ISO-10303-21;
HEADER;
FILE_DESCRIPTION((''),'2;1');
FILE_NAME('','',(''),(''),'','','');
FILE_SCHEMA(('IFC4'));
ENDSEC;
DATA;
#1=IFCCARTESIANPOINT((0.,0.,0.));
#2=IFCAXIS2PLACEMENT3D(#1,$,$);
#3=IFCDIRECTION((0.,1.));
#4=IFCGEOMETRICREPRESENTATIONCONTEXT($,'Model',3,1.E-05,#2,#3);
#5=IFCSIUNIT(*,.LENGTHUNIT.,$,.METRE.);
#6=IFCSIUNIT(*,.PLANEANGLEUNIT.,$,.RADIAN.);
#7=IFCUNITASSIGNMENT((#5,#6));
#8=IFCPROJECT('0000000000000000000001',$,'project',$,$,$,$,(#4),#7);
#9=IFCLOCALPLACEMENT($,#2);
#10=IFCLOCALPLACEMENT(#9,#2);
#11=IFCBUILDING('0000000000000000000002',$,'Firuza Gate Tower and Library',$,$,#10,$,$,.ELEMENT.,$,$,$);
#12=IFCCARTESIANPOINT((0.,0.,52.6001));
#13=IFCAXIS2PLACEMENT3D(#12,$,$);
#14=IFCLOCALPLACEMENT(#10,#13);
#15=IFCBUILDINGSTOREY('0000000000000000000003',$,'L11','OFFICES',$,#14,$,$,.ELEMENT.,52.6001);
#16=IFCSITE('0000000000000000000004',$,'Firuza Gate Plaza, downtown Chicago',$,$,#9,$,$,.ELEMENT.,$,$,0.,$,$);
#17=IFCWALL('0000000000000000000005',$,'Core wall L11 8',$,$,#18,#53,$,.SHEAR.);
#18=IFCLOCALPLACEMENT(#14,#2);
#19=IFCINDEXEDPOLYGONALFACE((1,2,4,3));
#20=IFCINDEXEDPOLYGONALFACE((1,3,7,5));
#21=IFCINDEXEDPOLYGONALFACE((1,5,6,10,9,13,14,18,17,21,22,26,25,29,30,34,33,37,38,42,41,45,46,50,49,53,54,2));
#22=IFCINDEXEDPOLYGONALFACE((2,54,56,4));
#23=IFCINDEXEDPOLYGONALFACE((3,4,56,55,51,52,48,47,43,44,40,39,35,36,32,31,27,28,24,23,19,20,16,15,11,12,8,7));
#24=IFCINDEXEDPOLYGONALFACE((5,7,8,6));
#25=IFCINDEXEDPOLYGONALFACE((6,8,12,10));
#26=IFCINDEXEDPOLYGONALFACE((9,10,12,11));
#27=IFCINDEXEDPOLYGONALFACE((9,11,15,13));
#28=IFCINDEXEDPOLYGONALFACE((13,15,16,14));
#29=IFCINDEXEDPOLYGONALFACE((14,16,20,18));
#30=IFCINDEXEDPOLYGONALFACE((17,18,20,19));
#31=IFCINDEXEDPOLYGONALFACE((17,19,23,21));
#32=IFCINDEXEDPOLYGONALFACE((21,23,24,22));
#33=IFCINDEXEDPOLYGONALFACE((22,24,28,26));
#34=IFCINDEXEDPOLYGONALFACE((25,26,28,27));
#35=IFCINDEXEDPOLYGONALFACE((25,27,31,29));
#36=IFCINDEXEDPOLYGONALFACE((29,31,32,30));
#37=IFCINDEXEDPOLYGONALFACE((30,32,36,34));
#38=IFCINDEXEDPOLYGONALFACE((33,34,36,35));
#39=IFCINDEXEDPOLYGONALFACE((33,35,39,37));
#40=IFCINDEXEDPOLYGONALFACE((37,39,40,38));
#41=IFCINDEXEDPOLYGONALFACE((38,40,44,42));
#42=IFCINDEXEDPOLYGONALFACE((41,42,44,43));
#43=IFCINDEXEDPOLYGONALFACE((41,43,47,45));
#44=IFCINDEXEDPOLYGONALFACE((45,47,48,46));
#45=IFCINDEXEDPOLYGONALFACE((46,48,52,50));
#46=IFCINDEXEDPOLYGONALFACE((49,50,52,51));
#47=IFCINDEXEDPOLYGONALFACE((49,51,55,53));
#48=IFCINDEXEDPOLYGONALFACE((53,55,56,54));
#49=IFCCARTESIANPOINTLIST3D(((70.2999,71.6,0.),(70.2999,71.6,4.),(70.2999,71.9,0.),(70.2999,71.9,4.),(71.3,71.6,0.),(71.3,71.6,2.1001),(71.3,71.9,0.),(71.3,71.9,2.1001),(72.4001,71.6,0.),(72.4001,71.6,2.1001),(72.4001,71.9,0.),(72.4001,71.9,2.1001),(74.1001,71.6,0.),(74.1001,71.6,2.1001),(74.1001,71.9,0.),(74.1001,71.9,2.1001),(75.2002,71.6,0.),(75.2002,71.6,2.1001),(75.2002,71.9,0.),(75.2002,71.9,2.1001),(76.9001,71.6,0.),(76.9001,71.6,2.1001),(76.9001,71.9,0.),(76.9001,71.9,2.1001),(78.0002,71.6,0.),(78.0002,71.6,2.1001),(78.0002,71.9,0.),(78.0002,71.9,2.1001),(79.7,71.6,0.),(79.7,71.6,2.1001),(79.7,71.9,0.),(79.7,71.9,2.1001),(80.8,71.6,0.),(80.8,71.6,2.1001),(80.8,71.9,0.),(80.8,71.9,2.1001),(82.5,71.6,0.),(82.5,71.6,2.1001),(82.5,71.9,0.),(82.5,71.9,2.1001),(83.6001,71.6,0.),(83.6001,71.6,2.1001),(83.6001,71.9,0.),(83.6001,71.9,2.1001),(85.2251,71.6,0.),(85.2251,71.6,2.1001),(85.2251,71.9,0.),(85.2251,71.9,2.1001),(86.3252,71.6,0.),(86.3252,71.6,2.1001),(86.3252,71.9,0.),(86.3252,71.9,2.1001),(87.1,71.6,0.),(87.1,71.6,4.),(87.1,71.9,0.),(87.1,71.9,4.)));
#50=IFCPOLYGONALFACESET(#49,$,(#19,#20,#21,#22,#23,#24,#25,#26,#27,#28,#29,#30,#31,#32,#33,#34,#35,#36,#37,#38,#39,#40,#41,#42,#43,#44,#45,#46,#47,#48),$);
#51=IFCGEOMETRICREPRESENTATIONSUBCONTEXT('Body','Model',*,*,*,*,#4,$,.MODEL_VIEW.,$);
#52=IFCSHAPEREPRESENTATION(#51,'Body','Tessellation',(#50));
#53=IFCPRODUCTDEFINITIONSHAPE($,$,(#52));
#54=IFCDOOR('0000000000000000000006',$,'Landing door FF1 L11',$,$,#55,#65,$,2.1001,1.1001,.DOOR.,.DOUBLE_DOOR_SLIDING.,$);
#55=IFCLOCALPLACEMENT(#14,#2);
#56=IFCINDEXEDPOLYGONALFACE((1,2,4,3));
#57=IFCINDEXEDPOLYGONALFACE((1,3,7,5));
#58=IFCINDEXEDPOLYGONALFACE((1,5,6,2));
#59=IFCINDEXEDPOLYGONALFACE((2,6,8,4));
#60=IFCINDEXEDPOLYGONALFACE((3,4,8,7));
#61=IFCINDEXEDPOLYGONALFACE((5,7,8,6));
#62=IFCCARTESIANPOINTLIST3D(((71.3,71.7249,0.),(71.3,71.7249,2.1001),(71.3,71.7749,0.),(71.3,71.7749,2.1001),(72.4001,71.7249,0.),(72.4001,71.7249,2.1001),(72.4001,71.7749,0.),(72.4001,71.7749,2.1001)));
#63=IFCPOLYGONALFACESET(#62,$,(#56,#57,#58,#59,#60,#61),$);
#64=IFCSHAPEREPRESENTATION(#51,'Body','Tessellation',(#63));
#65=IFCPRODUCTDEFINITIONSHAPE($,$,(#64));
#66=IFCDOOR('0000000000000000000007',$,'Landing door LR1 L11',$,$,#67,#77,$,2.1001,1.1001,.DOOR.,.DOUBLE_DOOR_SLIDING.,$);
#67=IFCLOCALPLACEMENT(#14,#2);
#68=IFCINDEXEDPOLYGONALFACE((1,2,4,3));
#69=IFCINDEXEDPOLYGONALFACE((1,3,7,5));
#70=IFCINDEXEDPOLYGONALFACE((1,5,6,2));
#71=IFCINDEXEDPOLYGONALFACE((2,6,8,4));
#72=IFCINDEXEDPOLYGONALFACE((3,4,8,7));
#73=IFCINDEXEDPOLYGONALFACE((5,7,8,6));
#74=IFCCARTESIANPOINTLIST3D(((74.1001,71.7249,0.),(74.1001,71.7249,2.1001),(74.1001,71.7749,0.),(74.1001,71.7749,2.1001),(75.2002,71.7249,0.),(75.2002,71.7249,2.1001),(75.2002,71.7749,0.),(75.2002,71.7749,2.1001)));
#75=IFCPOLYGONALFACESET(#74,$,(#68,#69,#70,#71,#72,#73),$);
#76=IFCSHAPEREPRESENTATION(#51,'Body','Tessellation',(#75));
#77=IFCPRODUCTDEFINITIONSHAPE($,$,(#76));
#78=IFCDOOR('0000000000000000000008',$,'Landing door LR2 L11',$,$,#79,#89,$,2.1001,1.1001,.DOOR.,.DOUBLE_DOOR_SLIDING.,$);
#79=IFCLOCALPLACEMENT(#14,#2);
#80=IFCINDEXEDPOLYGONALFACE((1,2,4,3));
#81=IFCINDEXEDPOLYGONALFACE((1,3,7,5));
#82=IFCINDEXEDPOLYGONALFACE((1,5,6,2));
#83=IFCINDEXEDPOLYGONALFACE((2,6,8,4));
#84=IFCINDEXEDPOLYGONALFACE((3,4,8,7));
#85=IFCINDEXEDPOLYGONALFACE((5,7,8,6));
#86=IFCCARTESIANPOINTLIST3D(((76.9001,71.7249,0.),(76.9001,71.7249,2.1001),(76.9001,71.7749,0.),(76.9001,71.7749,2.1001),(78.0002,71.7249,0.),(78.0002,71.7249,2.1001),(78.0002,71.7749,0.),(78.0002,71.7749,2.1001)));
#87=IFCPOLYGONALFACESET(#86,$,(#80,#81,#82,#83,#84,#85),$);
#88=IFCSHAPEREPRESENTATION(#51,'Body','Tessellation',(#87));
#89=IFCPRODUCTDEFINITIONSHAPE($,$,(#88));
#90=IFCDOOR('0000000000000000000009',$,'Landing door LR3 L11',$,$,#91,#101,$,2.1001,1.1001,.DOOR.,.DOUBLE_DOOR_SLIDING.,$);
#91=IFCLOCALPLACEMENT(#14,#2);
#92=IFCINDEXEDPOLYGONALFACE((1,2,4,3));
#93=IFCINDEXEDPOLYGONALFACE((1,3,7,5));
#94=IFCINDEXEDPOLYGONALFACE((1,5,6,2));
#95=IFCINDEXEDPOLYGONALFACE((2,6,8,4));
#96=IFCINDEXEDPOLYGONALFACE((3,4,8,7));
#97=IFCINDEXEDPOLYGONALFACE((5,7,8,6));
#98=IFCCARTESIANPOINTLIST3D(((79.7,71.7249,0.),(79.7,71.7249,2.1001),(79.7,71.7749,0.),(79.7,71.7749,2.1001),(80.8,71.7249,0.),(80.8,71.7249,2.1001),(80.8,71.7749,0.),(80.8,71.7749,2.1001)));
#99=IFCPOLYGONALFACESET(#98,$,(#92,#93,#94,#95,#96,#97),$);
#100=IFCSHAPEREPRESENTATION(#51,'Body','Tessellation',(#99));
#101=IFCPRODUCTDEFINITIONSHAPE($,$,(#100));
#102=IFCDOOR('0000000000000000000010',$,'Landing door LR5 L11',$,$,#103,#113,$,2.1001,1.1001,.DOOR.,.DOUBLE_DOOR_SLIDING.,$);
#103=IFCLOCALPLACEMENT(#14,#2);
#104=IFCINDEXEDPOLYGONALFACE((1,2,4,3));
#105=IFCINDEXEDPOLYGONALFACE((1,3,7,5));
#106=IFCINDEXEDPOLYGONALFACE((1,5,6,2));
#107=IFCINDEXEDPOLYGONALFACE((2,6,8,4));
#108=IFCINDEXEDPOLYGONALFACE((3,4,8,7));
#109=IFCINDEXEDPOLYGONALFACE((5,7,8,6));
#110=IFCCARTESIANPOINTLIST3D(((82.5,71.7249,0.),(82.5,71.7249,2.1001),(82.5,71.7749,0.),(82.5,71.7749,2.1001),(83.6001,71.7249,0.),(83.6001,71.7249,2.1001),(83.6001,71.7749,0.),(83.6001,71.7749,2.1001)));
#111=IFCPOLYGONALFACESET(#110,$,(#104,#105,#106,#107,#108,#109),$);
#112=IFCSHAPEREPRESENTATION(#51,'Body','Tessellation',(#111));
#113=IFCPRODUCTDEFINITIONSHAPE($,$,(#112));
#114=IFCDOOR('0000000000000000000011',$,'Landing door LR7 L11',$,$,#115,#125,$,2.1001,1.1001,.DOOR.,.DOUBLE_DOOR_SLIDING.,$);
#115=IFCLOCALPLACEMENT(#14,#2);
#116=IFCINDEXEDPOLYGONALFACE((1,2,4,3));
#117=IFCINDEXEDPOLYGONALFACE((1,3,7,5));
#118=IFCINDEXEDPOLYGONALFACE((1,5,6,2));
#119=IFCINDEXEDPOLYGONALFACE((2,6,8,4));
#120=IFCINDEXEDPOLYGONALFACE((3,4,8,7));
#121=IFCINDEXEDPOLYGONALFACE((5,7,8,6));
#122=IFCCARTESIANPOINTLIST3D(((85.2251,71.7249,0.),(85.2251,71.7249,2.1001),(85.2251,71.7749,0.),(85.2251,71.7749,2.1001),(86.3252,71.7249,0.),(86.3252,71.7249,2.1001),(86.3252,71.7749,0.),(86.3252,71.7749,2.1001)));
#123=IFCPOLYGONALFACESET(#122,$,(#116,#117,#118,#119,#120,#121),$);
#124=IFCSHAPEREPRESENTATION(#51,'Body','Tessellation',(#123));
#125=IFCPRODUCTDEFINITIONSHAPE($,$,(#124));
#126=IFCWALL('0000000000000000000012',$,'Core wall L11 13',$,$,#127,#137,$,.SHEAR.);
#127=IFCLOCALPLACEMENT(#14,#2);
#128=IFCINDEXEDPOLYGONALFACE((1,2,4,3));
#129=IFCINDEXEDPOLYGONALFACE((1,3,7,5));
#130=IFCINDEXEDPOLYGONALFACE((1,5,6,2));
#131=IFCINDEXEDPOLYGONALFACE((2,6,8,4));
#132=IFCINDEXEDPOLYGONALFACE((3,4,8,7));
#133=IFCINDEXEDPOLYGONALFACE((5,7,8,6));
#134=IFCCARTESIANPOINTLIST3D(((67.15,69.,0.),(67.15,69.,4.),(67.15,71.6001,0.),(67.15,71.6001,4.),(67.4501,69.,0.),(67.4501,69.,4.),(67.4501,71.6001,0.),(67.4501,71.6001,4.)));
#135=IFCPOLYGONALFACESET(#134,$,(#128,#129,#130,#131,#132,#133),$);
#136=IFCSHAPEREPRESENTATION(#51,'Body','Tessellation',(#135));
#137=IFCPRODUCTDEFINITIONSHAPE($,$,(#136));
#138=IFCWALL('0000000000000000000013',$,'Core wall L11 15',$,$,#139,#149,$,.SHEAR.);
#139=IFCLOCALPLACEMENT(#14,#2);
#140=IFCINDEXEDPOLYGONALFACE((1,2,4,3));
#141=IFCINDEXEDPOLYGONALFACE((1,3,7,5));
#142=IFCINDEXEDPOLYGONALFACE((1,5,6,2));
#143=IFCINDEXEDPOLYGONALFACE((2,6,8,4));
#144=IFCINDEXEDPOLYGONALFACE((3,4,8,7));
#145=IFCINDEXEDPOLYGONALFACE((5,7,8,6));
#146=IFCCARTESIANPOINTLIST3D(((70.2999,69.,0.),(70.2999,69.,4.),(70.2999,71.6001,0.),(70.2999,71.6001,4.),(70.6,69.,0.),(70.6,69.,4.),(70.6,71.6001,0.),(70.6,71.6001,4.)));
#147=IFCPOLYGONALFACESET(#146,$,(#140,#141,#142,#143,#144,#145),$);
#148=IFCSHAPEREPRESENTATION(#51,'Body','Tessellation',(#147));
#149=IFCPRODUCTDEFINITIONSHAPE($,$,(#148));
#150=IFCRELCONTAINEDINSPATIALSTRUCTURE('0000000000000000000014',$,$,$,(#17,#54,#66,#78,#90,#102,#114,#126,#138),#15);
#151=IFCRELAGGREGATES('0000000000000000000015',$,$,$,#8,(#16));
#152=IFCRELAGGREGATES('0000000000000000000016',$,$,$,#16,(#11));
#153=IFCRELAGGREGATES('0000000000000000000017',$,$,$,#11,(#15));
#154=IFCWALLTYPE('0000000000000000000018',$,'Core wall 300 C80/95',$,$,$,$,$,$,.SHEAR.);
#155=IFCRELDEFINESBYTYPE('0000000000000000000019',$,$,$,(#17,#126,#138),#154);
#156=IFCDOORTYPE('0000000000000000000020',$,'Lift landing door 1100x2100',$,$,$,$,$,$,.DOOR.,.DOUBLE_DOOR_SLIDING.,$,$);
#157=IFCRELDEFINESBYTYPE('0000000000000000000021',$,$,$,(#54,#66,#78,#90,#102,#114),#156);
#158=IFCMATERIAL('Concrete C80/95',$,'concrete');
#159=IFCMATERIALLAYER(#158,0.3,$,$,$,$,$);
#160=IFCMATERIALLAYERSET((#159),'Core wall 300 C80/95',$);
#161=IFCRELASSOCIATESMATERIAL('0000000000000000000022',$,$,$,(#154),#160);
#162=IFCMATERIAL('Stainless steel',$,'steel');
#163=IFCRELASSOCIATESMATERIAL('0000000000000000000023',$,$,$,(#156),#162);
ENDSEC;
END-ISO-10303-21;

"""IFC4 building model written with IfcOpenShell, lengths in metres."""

from ifc_helpers import new_model, si_unit, direction, frame, frame_2d, origin, place, context, subcontext, project, spatial, rectangle, extrude, material, layer, layer_set, type_object, element, fill, save


model = new_model("IFC4")

# Units and contexts
model_context = context("Model", 3, precision=1e-05, world=origin(), true_north=direction((0.0, 1.0)))
body_context = subcontext(model_context, "Body", "Model", "MODEL_VIEW")
ifc_project = project(units=[si_unit("LENGTHUNIT", "METRE"), si_unit("PLANEANGLEUNIT", "RADIAN")], contexts=[model_context])

# Site, building, storey
site_placement = place(None, origin())
site = spatial("IfcSite", under=ifc_project, at=site_placement, Name="Firuza Gate Plaza, downtown Chicago", CompositionType="ELEMENT", RefElevation=0.0)
building_placement = place(site_placement, origin())
building = spatial("IfcBuilding", under=site, at=building_placement, Name="Firuza Gate Tower and Library", CompositionType="ELEMENT")
storey_placement = place(building_placement, frame((0.0, 0.0, 52.6001)))
storey = spatial("IfcBuildingStorey", under=building, at=storey_placement, Name="L11", Description="OFFICES", CompositionType="ELEMENT", Elevation=52.6001)

# Shared definitions
ifc_material_1 = material(Name="Concrete C80/95", Category="concrete")
ifc_layer_1 = layer(ifc_material_1, 0.3)
ifc_layer_set_1 = layer_set([ifc_layer_1], Name="Core wall 300 C80/95")
wall_type_1 = type_object("IfcWallType", Name="Core wall 300 C80/95", PredefinedType="SHEAR", material=ifc_layer_set_1)

# Wall, openings, doors
wall_1_placement = place(storey_placement, frame((70.3, 71.75, 0.0), z_axis=(0.0, 0.0, 1.0), x_axis=(1.0, 0.0, 0.0)))
wall_1 = element("IfcWall", 1, at=wall_1_placement, inside=storey, type_object=wall_type_1, Name="Core wall L11 8", PredefinedType="SHEAR", context=body_context, shape_type="SweptSolid", body=[
    extrude(rectangle(XDim=16.8, YDim=0.3, at=frame_2d((8.3999, 0.0))), origin(), (0.0, 0.0, 1.0), 4.0),
])
opening_1_placement = place(wall_1_placement, frame((1.0, 0.0, 0.0)))
opening_1 = element("IfcOpeningElement", 2, at=opening_1_placement, cuts=wall_1, PredefinedType="OPENING", context=body_context, shape_type="SweptSolid", body=[
    extrude(rectangle(XDim=1.1001, YDim=2.1001, at=frame_2d((0.55, 1.05))), frame((0.0, 0.1602, 0.0), z_axis=(0.0, -1.0, 0.0), x_axis=(1.0, 0.0, 0.0)), (0.0, 0.0, 1.0), 0.3201),
])
opening_2_placement = place(wall_1_placement, frame((3.8, 0.0, 0.0)))
opening_2 = element("IfcOpeningElement", 3, at=opening_2_placement, cuts=wall_1, PredefinedType="OPENING", context=body_context, shape_type="SweptSolid", body=[
    extrude(rectangle(XDim=1.1001, YDim=2.1001, at=frame_2d((0.55, 1.05))), frame((0.0, 0.1602, 0.0), z_axis=(0.0, -1.0, 0.0), x_axis=(1.0, 0.0, 0.0)), (0.0, 0.0, 1.0), 0.3201),
])
opening_3_placement = place(wall_1_placement, frame((6.6001, 0.0, 0.0)))
opening_3 = element("IfcOpeningElement", 4, at=opening_3_placement, cuts=wall_1, PredefinedType="OPENING", context=body_context, shape_type="SweptSolid", body=[
    extrude(rectangle(XDim=1.1001, YDim=2.1001, at=frame_2d((0.55, 1.05))), frame((0.0, 0.1602, 0.0), z_axis=(0.0, -1.0, 0.0), x_axis=(1.0, 0.0, 0.0)), (0.0, 0.0, 1.0), 0.3201),
])
opening_4_placement = place(wall_1_placement, frame((9.3999, 0.0, 0.0)))
opening_4 = element("IfcOpeningElement", 5, at=opening_4_placement, cuts=wall_1, PredefinedType="OPENING", context=body_context, shape_type="SweptSolid", body=[
    extrude(rectangle(XDim=1.1001, YDim=2.1001, at=frame_2d((0.55, 1.05))), frame((0.0, 0.1602, 0.0), z_axis=(0.0, -1.0, 0.0), x_axis=(1.0, 0.0, 0.0)), (0.0, 0.0, 1.0), 0.3201),
])
opening_5_placement = place(wall_1_placement, frame((12.2, 0.0, 0.0)))
opening_5 = element("IfcOpeningElement", 6, at=opening_5_placement, cuts=wall_1, PredefinedType="OPENING", context=body_context, shape_type="SweptSolid", body=[
    extrude(rectangle(XDim=1.1001, YDim=2.1001, at=frame_2d((0.55, 1.05))), frame((0.0, 0.1602, 0.0), z_axis=(0.0, -1.0, 0.0), x_axis=(1.0, 0.0, 0.0)), (0.0, 0.0, 1.0), 0.3201),
])
opening_6_placement = place(wall_1_placement, frame((14.925, 0.0, 0.0)))
opening_6 = element("IfcOpeningElement", 7, at=opening_6_placement, cuts=wall_1, PredefinedType="OPENING", context=body_context, shape_type="SweptSolid", body=[
    extrude(rectangle(XDim=1.1001, YDim=2.1001, at=frame_2d((0.55, 1.05))), frame((0.0, 0.1602, 0.0), z_axis=(0.0, -1.0, 0.0), x_axis=(1.0, 0.0, 0.0)), (0.0, 0.0, 1.0), 0.3201),
])
ifc_material_2 = material(Name="Stainless steel", Category="steel")
door_type_1 = type_object("IfcDoorType", Name="Lift landing door 1100x2100", OperationType="DOUBLE_DOOR_SLIDING", PredefinedType="DOOR", material=ifc_material_2)
door_1_placement = place(opening_1_placement, origin())
door_1 = element("IfcDoor", 8, at=door_1_placement, inside=storey, type_object=door_type_1, Name="Landing door FF1 L11", OperationType="DOUBLE_DOOR_SLIDING", OverallHeight=2.1001, OverallWidth=1.1001, PredefinedType="DOOR", context=body_context, shape_type="SweptSolid", body=[
    extrude(rectangle(XDim=1.1001, YDim=2.1001, at=frame_2d((0.55, 1.05))), frame((0.0, 0.0249, 0.0), z_axis=(0.0, -1.0, 0.0), x_axis=(1.0, 0.0, 0.0)), (0.0, 0.0, 1.0), 0.05),
])
fill(opening_1, door_1)
door_2_placement = place(opening_2_placement, origin())
door_2 = element("IfcDoor", 9, at=door_2_placement, inside=storey, type_object=door_type_1, Name="Landing door LR1 L11", OperationType="DOUBLE_DOOR_SLIDING", OverallHeight=2.1001, OverallWidth=1.1001, PredefinedType="DOOR", context=body_context, shape_type="SweptSolid", body=[
    extrude(rectangle(XDim=1.1001, YDim=2.1001, at=frame_2d((0.55, 1.05))), frame((0.0, 0.0249, 0.0), z_axis=(0.0, -1.0, 0.0), x_axis=(1.0, 0.0, 0.0)), (0.0, 0.0, 1.0), 0.05),
])
fill(opening_2, door_2)
door_3_placement = place(opening_3_placement, origin())
door_3 = element("IfcDoor", 10, at=door_3_placement, inside=storey, type_object=door_type_1, Name="Landing door LR2 L11", OperationType="DOUBLE_DOOR_SLIDING", OverallHeight=2.1001, OverallWidth=1.1001, PredefinedType="DOOR", context=body_context, shape_type="SweptSolid", body=[
    extrude(rectangle(XDim=1.1001, YDim=2.1001, at=frame_2d((0.55, 1.05))), frame((0.0, 0.0249, 0.0), z_axis=(0.0, -1.0, 0.0), x_axis=(1.0, 0.0, 0.0)), (0.0, 0.0, 1.0), 0.05),
])
fill(opening_3, door_3)
door_4_placement = place(opening_4_placement, origin())
door_4 = element("IfcDoor", 11, at=door_4_placement, inside=storey, type_object=door_type_1, Name="Landing door LR3 L11", OperationType="DOUBLE_DOOR_SLIDING", OverallHeight=2.1001, OverallWidth=1.1001, PredefinedType="DOOR", context=body_context, shape_type="SweptSolid", body=[
    extrude(rectangle(XDim=1.1001, YDim=2.1001, at=frame_2d((0.55, 1.05))), frame((0.0, 0.0249, 0.0), z_axis=(0.0, -1.0, 0.0), x_axis=(1.0, 0.0, 0.0)), (0.0, 0.0, 1.0), 0.05),
])
fill(opening_4, door_4)
door_5_placement = place(opening_5_placement, origin())
door_5 = element("IfcDoor", 12, at=door_5_placement, inside=storey, type_object=door_type_1, Name="Landing door LR5 L11", OperationType="DOUBLE_DOOR_SLIDING", OverallHeight=2.1001, OverallWidth=1.1001, PredefinedType="DOOR", context=body_context, shape_type="SweptSolid", body=[
    extrude(rectangle(XDim=1.1001, YDim=2.1001, at=frame_2d((0.55, 1.05))), frame((0.0, 0.0249, 0.0), z_axis=(0.0, -1.0, 0.0), x_axis=(1.0, 0.0, 0.0)), (0.0, 0.0, 1.0), 0.05),
])
fill(opening_5, door_5)
door_6_placement = place(opening_6_placement, origin())
door_6 = element("IfcDoor", 13, at=door_6_placement, inside=storey, type_object=door_type_1, Name="Landing door LR7 L11", OperationType="DOUBLE_DOOR_SLIDING", OverallHeight=2.1001, OverallWidth=1.1001, PredefinedType="DOOR", context=body_context, shape_type="SweptSolid", body=[
    extrude(rectangle(XDim=1.1001, YDim=2.1001, at=frame_2d((0.55, 1.05))), frame((0.0, 0.0249, 0.0), z_axis=(0.0, -1.0, 0.0), x_axis=(1.0, 0.0, 0.0)), (0.0, 0.0, 1.0), 0.05),
])
fill(opening_6, door_6)

# Walls
for number, where, z_axis, x_axis, name in (
    (14, (67.3, 69.0, 0.0), (0.0, 0.0, 1.0), (0.0, 1.0, 0.0), "Core wall L11 13"),
    (15, (70.45, 69.0, 0.0), (0.0, 0.0, 1.0), (0.0, 1.0, 0.0), "Core wall L11 15"),
):
    element("IfcWall", number, at=place(storey_placement, frame(where, z_axis=z_axis, x_axis=x_axis)), inside=storey, type_object=wall_type_1, Name=name, PredefinedType="SHEAR", context=body_context, shape_type="SweptSolid", body=[
        extrude(rectangle(XDim=2.6001, YDim=0.3, at=frame_2d((1.3, 0.0))), origin(), (0.0, 0.0, 1.0), 4.0),
    ])

save(model, "model.ifc")
